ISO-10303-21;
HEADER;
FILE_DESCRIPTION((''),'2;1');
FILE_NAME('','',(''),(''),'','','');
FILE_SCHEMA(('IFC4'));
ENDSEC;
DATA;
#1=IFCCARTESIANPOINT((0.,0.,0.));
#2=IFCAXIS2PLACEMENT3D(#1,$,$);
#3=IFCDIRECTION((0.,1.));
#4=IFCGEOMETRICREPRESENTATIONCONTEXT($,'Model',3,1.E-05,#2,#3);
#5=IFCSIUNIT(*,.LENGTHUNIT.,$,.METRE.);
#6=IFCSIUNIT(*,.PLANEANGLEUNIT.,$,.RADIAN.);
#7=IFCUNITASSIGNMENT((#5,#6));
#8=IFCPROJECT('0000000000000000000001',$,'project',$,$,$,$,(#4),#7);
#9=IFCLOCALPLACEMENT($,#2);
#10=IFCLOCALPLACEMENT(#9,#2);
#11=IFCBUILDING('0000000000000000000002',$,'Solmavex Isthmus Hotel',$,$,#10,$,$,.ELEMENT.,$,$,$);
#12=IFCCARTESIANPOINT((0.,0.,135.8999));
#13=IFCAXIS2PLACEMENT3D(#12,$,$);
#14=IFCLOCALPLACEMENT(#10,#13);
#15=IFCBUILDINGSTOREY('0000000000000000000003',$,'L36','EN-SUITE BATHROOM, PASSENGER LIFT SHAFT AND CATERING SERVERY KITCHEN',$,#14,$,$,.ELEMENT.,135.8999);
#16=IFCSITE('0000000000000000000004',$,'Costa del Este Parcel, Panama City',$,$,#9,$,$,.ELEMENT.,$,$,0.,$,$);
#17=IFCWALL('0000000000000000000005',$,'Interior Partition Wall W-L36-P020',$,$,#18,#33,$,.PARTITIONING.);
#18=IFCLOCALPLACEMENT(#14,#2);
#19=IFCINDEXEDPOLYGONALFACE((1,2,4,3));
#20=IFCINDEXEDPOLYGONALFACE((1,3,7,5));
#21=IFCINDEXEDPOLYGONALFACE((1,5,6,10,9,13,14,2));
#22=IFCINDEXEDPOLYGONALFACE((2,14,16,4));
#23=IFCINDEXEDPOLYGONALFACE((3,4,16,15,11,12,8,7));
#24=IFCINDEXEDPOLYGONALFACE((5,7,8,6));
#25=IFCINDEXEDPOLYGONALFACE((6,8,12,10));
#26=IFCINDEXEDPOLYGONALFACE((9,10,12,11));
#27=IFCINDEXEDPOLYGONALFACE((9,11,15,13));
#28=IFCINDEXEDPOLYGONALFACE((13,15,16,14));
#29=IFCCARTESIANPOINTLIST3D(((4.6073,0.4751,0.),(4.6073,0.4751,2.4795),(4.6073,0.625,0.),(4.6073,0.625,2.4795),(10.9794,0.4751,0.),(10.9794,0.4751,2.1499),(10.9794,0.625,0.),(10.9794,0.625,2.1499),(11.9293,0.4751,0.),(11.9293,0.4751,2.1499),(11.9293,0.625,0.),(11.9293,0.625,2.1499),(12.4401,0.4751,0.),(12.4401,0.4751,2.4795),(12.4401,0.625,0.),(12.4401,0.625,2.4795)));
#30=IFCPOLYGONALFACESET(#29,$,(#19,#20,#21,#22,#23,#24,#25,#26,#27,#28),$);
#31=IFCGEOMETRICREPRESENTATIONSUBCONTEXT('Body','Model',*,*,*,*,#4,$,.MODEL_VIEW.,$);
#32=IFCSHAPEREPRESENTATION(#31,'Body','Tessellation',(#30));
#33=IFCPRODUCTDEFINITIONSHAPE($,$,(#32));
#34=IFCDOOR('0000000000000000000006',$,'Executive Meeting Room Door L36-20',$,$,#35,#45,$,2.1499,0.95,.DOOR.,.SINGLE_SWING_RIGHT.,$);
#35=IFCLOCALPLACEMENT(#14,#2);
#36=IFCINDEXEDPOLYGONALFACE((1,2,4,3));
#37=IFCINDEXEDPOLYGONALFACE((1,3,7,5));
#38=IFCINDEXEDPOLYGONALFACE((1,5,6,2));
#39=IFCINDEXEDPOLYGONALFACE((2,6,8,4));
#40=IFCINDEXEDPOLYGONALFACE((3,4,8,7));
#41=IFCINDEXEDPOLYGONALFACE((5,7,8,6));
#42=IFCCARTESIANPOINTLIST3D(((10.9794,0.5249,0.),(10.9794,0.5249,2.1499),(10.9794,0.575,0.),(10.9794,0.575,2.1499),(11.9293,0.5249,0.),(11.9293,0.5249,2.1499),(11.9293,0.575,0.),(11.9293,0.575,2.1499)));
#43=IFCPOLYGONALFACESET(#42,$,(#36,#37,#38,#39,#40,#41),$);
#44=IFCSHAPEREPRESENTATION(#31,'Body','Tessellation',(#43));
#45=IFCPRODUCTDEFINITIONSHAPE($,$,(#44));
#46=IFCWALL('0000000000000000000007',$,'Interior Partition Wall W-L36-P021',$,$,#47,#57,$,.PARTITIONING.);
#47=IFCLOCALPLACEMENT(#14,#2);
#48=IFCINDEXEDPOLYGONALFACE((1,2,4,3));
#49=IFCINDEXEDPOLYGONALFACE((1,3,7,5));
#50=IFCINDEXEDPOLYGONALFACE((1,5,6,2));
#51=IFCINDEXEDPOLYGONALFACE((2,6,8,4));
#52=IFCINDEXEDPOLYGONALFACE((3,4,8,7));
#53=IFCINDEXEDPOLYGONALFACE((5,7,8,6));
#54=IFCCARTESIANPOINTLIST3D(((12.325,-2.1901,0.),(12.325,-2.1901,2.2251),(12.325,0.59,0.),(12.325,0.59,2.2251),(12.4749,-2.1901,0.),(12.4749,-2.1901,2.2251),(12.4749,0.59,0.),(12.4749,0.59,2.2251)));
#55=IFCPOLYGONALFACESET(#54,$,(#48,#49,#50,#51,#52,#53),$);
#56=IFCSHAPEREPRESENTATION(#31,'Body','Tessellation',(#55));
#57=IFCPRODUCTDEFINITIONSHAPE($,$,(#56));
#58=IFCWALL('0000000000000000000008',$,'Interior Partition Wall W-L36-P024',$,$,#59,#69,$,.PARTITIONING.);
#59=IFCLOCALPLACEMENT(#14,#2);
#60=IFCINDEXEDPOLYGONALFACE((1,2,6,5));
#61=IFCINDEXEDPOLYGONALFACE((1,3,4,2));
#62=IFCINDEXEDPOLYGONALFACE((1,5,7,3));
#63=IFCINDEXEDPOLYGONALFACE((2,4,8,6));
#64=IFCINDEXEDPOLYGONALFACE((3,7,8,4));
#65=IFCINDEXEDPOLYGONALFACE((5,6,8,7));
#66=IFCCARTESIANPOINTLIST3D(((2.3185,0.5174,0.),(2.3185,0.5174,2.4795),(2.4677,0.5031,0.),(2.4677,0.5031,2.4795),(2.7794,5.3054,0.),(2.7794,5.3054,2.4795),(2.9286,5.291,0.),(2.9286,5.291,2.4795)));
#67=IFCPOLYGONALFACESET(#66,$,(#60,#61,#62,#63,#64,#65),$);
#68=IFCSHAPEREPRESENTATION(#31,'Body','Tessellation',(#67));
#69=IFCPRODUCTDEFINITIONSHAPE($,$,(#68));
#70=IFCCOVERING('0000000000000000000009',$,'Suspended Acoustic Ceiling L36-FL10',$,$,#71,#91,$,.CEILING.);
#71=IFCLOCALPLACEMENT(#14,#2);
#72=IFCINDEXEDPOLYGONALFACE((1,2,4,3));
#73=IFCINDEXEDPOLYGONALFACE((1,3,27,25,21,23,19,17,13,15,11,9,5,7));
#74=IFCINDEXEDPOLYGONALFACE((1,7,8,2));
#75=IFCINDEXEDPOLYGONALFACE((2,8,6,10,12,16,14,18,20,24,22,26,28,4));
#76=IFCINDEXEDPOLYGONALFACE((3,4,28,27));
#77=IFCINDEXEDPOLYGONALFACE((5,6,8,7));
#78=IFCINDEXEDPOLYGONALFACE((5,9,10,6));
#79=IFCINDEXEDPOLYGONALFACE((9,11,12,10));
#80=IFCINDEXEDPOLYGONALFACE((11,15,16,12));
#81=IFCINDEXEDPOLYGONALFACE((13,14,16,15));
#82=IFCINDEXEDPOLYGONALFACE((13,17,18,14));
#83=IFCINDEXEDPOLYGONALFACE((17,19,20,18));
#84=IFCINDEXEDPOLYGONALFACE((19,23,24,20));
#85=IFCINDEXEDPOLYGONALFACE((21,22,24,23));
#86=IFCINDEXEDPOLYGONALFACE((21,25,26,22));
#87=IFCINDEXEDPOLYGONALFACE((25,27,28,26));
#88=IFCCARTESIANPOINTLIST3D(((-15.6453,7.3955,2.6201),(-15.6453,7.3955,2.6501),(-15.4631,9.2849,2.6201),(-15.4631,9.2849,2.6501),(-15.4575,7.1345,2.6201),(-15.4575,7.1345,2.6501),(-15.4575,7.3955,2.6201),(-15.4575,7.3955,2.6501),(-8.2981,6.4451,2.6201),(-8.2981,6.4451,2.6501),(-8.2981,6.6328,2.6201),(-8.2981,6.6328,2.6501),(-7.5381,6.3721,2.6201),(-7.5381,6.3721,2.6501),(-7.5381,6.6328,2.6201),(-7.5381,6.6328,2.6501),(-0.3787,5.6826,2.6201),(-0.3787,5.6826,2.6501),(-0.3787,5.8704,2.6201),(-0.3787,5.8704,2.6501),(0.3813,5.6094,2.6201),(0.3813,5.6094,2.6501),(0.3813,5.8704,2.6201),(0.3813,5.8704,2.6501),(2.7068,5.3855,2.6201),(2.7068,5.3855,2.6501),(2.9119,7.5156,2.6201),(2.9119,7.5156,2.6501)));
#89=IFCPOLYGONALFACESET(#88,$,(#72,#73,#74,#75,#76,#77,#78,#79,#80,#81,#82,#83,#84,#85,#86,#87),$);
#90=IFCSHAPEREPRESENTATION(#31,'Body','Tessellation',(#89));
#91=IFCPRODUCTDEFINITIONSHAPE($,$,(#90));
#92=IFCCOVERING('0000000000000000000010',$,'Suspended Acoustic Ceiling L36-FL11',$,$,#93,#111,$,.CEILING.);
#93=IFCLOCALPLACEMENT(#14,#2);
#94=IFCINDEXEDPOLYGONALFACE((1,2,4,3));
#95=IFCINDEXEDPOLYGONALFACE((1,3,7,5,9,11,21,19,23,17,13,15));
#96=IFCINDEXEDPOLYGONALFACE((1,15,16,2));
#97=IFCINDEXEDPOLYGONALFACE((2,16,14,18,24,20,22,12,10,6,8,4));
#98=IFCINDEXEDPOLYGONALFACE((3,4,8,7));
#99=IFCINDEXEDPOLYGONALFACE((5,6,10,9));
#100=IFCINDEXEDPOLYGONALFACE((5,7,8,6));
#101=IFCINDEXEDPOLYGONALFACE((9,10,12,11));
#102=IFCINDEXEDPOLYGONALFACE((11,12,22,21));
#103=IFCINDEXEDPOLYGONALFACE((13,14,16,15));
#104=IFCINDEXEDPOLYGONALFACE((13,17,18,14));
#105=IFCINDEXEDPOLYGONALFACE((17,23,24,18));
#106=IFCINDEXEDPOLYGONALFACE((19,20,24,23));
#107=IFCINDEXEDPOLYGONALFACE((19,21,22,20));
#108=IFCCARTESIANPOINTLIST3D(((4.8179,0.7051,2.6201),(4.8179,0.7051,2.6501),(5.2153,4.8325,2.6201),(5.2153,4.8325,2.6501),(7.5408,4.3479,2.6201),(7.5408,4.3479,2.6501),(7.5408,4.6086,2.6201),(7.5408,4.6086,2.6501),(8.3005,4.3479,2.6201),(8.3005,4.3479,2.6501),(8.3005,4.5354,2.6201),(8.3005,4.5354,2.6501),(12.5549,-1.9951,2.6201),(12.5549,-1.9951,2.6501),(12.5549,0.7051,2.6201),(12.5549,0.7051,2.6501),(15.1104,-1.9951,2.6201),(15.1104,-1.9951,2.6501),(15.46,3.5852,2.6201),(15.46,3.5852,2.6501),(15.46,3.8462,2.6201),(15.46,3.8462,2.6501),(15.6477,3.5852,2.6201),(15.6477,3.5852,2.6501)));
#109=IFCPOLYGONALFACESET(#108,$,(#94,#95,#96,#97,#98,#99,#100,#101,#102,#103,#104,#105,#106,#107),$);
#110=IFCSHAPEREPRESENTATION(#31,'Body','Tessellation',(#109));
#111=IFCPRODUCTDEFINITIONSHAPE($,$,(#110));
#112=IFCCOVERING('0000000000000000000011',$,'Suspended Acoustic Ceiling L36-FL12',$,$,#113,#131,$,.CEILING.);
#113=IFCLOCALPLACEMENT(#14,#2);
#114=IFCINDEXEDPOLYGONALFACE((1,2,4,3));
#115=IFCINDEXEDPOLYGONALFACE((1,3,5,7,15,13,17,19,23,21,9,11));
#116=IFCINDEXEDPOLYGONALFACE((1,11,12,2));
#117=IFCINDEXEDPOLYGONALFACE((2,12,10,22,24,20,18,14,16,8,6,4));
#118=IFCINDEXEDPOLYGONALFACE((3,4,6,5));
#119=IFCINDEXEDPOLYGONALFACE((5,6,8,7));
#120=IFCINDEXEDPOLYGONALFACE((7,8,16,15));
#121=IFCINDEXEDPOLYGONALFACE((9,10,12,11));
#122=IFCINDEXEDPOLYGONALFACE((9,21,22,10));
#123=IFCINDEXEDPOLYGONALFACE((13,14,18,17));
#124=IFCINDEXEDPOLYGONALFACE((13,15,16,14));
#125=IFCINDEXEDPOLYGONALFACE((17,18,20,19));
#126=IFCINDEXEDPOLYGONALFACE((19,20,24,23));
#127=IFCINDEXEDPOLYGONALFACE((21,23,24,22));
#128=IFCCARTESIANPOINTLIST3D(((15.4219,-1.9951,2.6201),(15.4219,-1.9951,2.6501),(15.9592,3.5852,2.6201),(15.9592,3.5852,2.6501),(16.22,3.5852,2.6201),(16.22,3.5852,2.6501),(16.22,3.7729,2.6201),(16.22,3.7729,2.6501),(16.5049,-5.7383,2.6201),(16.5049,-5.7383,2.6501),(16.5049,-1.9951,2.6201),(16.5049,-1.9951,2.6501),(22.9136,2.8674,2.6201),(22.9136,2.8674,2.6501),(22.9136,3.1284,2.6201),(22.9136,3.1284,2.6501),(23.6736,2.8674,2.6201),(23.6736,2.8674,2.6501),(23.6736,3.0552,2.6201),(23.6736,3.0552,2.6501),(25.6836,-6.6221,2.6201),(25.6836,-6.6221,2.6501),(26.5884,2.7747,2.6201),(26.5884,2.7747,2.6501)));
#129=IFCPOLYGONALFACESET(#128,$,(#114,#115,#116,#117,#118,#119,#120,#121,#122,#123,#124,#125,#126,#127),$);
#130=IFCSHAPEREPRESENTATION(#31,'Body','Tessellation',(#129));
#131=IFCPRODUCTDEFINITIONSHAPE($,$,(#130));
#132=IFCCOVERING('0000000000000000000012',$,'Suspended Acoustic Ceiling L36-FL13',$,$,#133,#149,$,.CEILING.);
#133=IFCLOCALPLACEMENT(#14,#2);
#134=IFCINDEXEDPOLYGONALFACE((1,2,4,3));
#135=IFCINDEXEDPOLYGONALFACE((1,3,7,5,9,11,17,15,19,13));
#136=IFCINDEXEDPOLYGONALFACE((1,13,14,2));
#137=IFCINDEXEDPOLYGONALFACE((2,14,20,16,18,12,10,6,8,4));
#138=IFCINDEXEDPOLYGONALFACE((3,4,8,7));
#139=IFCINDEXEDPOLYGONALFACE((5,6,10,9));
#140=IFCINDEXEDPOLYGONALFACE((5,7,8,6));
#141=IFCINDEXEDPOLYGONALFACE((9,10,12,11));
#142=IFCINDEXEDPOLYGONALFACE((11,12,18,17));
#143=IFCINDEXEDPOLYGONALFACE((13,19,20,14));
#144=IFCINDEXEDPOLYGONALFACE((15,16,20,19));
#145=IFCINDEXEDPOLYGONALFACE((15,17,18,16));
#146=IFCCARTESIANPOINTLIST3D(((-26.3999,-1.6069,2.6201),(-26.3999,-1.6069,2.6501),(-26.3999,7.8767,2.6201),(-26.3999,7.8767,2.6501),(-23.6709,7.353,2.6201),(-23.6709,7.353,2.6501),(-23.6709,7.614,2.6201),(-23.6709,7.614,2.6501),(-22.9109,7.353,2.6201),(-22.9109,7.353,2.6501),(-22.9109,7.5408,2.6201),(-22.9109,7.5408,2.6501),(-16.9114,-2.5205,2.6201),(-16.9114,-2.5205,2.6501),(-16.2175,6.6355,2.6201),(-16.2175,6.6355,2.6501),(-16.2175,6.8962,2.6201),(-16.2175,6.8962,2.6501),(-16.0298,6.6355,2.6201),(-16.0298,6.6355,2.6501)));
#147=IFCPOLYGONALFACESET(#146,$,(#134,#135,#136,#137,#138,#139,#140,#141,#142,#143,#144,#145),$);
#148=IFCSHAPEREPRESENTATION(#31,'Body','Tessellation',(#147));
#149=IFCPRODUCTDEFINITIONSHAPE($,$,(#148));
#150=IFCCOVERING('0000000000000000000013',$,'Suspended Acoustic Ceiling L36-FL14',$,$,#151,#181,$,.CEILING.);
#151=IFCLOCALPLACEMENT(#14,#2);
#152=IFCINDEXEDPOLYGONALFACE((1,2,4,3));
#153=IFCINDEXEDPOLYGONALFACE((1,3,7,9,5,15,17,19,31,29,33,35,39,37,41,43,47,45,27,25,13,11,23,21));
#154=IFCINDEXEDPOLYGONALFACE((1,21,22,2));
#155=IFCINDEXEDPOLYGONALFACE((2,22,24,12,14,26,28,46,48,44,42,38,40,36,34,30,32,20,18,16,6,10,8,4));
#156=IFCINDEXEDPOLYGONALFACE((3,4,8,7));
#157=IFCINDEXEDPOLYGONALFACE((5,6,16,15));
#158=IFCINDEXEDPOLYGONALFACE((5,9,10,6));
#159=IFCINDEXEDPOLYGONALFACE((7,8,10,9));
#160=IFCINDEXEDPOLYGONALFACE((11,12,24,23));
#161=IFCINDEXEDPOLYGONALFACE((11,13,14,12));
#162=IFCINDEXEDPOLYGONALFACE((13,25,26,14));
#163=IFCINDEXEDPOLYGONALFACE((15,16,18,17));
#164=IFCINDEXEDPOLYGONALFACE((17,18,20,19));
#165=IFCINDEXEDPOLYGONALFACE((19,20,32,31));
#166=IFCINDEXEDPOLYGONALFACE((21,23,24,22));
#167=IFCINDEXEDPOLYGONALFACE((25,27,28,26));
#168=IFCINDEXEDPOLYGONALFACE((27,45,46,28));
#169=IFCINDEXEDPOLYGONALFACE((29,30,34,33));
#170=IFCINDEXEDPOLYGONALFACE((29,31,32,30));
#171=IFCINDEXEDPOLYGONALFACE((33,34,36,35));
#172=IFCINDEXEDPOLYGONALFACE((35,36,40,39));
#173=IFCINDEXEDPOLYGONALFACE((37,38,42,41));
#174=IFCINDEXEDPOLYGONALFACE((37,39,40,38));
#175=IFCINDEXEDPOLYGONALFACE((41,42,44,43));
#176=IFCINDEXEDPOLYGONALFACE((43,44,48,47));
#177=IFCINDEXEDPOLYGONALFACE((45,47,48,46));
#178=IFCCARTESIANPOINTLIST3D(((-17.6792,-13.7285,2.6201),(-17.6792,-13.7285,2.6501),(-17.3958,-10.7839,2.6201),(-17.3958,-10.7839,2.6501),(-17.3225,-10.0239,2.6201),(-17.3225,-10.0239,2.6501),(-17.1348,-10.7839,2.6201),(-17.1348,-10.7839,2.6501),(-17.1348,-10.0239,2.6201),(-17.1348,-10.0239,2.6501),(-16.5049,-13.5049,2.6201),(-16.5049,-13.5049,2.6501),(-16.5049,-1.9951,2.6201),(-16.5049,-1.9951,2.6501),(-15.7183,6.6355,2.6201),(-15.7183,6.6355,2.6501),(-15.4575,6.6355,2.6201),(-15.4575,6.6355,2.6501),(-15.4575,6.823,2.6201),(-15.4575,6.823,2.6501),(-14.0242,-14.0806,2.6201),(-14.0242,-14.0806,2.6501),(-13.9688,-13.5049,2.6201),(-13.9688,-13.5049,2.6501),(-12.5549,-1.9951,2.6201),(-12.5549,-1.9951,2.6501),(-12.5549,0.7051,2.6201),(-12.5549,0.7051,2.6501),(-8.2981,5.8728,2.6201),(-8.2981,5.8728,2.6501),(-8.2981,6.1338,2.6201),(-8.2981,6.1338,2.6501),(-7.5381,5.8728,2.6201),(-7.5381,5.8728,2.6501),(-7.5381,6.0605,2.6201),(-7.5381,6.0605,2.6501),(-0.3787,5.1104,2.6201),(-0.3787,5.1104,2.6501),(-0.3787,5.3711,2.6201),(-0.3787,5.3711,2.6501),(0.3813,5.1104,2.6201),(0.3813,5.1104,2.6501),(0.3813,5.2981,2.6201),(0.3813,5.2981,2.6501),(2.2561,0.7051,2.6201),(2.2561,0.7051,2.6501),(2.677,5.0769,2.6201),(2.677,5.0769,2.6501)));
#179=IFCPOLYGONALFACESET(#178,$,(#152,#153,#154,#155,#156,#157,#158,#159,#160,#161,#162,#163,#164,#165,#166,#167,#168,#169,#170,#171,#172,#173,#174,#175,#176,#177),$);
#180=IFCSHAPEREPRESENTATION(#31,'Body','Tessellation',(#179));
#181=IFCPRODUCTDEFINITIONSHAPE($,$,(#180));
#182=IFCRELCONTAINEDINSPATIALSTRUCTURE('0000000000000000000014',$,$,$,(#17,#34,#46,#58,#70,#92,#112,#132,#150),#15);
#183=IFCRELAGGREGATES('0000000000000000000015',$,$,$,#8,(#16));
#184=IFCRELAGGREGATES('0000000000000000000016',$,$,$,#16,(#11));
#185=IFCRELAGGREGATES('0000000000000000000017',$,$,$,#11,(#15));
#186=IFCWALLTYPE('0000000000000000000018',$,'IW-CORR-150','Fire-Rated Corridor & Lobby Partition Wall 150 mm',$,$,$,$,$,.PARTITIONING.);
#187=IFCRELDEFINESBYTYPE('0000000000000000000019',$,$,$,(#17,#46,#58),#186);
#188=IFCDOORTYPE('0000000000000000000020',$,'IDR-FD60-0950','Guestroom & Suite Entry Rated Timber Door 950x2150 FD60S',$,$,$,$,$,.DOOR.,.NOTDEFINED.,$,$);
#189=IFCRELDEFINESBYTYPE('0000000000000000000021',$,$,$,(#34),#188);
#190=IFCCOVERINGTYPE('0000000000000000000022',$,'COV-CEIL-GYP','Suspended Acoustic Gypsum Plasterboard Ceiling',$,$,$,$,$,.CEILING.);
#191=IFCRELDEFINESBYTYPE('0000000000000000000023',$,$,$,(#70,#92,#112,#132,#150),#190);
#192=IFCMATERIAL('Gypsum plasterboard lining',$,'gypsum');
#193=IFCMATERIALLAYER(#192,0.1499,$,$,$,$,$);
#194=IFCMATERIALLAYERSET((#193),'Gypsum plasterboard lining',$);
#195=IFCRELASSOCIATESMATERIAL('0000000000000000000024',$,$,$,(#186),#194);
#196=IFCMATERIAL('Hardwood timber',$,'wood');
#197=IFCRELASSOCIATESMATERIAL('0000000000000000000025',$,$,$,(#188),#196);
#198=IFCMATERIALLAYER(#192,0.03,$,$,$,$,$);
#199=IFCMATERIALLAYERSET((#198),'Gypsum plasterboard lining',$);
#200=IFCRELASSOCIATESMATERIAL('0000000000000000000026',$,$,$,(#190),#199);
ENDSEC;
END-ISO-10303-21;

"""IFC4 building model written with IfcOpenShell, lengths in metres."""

from ifc_helpers import new_model, si_unit, direction, frame, frame_2d, origin, place, context, subcontext, project, spatial, polyline, rectangle, outline, extrude, material, layer, layer_set, type_object, element, fill, save


model = new_model("IFC4")

# Units and contexts
model_context = context("Model", 3, precision=1e-05, world=origin(), true_north=direction((0.0, 1.0)))
body_context = subcontext(model_context, "Body", "Model", "MODEL_VIEW")
ifc_project = project(units=[si_unit("LENGTHUNIT", "METRE"), si_unit("PLANEANGLEUNIT", "RADIAN")], contexts=[model_context])

# Site, building, storey
site_placement = place(None, origin())
site = spatial("IfcSite", under=ifc_project, at=site_placement, Name="Costa del Este Parcel, Panama City", CompositionType="ELEMENT", RefElevation=0.0)
building_placement = place(site_placement, origin())
building = spatial("IfcBuilding", under=site, at=building_placement, Name="Solmavex Isthmus Hotel", CompositionType="ELEMENT")
storey_placement = place(building_placement, frame((0.0, 0.0, 135.8999)))
storey = spatial("IfcBuildingStorey", under=building, at=storey_placement, Name="L36", Description="EN-SUITE BATHROOM, PASSENGER LIFT SHAFT AND CATERING SERVERY KITCHEN", CompositionType="ELEMENT", Elevation=135.8999)

# Shared definitions
ifc_material_1 = material(Name="Gypsum plasterboard lining", Category="gypsum")
ifc_layer_1 = layer(ifc_material_1, 0.1499)
ifc_layer_set_1 = layer_set([ifc_layer_1], Name="Gypsum plasterboard lining")
wall_type_1 = type_object("IfcWallType", Name="IW-CORR-150", Description="Fire-Rated Corridor & Lobby Partition Wall 150 mm", PredefinedType="PARTITIONING", material=ifc_layer_set_1)

# Wall, opening, door
wall_1_placement = place(storey_placement, frame((4.6072, 0.55, 0.0), z_axis=(0.0, 0.0, 1.0), x_axis=(1.0, 0.0, 0.0)))
wall_1 = element("IfcWall", 1, at=wall_1_placement, inside=storey, type_object=wall_type_1, Name="Interior Partition Wall W-L36-P020", PredefinedType="PARTITIONING", context=body_context, shape_type="SweptSolid", body=[
    extrude(rectangle(XDim=7.8328, YDim=0.1499, at=frame_2d((3.9165, 0.0))), origin(), (0.0, 0.0, 1.0), 2.4795),
])
opening_placement = place(wall_1_placement, frame((6.3721, 0.0, 0.0)))
opening = element("IfcOpeningElement", 2, at=opening_placement, cuts=wall_1, PredefinedType="OPENING", context=body_context, shape_type="SweptSolid", body=[
    extrude(rectangle(XDim=0.95, YDim=2.1499, at=frame_2d((0.4751, 1.075))), frame((0.0, 0.085, 0.0), z_axis=(0.0, -1.0, 0.0), x_axis=(1.0, 0.0, 0.0)), (0.0, 0.0, 1.0), 0.1699),
])
ifc_material_2 = material(Name="Hardwood timber", Category="wood")
door_type = type_object("IfcDoorType", Name="IDR-FD60-0950", Description="Guestroom & Suite Entry Rated Timber Door 950x2150 FD60S", OperationType="NOTDEFINED", PredefinedType="DOOR", material=ifc_material_2)
door_placement = place(opening_placement, origin())
door = element("IfcDoor", 3, at=door_placement, inside=storey, type_object=door_type, Name="Executive Meeting Room Door L36-20", OperationType="SINGLE_SWING_RIGHT", OverallHeight=2.1499, OverallWidth=0.95, PredefinedType="DOOR", context=body_context, shape_type="SweptSolid", body=[
    extrude(rectangle(XDim=0.95, YDim=2.1499, at=frame_2d((0.4751, 1.075))), frame((0.0, 0.0249, 0.0), z_axis=(0.0, -1.0, 0.0), x_axis=(1.0, 0.0, 0.0)), (0.0, 0.0, 1.0), 0.05),
])
fill(opening, door)

# Walls
wall_2_placement = place(storey_placement, frame((12.3999, 0.5901, 0.0), z_axis=(0.0, 0.0, 1.0), x_axis=(0.0, -1.0, 0.0)))
element("IfcWall", 4, at=wall_2_placement, inside=storey, type_object=wall_type_1, Name="Interior Partition Wall W-L36-P021", PredefinedType="PARTITIONING", context=body_context, shape_type="SweptSolid", body=[
    extrude(rectangle(XDim=2.78, YDim=0.1499, at=frame_2d((1.3901, 0.0))), origin(), (0.0, 0.0, 1.0), 2.2251),
])
wall_3_placement = place(storey_placement, frame((2.3931, 0.5103, 0.0), z_axis=(0.0, 0.0, 1.0), x_axis=(0.095829, 0.995398, 0.0)))
element("IfcWall", 5, at=wall_3_placement, inside=storey, type_object=wall_type_1, Name="Interior Partition Wall W-L36-P024", PredefinedType="PARTITIONING", context=body_context, shape_type="SweptSolid", body=[
    extrude(rectangle(XDim=4.8101, YDim=0.1499, at=frame_2d((2.405, 0.0))), origin(), (0.0, 0.0, 1.0), 2.4795),
])

# Coverings
ifc_layer_2 = layer(ifc_material_1, 0.03)
ifc_layer_set_2 = layer_set([ifc_layer_2], Name="Gypsum plasterboard lining")
covering_type_1 = type_object("IfcCoveringType", Name="COV-CEIL-GYP", Description="Suspended Acoustic Gypsum Plasterboard Ceiling", PredefinedType="CEILING", material=ifc_layer_set_2)
covering_1_placement = place(storey_placement, frame((0.0, 0.0, 2.6201)))
element("IfcCovering", 6, at=covering_1_placement, inside=storey, type_object=covering_type_1, Name="Suspended Acoustic Ceiling L36-FL10", PredefinedType="CEILING", context=body_context, shape_type="SweptSolid", body=[
    extrude(outline(polyline([(-0.3787, 5.6826), (-0.3787, 5.8704), (0.3813, 5.8704), (0.3813, 5.6094), (2.7068, 5.3855), (2.9119, 7.5156), (-15.4631, 9.2849), (-15.6453, 7.3955), (-15.4575, 7.3955), (-15.4575, 7.1345), (-8.2981, 6.4451), (-8.2981, 6.6328), (-7.5381, 6.6328), (-7.5381, 6.3721), (-0.3787, 5.6826)])), origin(), (0.0, 0.0, 1.0), 0.03),
])
covering_2_placement = place(storey_placement, frame((0.0, 0.0, 2.6201)))
element("IfcCovering", 7, at=covering_2_placement, inside=storey, type_object=covering_type_1, Name="Suspended Acoustic Ceiling L36-FL11", PredefinedType="CEILING", context=body_context, shape_type="SweptSolid", body=[
    extrude(outline(polyline([(8.3005, 4.5354), (8.3005, 4.3479), (7.5408, 4.3479), (7.5408, 4.6086), (5.2153, 4.8325), (4.8179, 0.7051), (12.5549, 0.7051), (12.5549, -1.9951), (15.1104, -1.9951), (15.6477, 3.5852), (15.46, 3.5852), (15.46, 3.8462), (8.3005, 4.5354)])), origin(), (0.0, 0.0, 1.0), 0.03),
])
covering_3_placement = place(storey_placement, frame((0.0, 0.0, 2.6201)))
element("IfcCovering", 8, at=covering_3_placement, inside=storey, type_object=covering_type_1, Name="Suspended Acoustic Ceiling L36-FL12", PredefinedType="CEILING", context=body_context, shape_type="SweptSolid", body=[
    extrude(outline(polyline([(16.22, 3.7729), (16.22, 3.5852), (15.9592, 3.5852), (15.4219, -1.9951), (16.5049, -1.9951), (16.5049, -5.7383), (25.6836, -6.6221), (26.5884, 2.7747), (23.6736, 3.0552), (23.6736, 2.8674), (22.9136, 2.8674), (22.9136, 3.1284), (16.22, 3.7729)])), origin(), (0.0, 0.0, 1.0), 0.03),
])
covering_4_placement = place(storey_placement, frame((0.0, 0.0, 2.6201)))
element("IfcCovering", 9, at=covering_4_placement, inside=storey, type_object=covering_type_1, Name="Suspended Acoustic Ceiling L36-FL13", PredefinedType="CEILING", context=body_context, shape_type="SweptSolid", body=[
    extrude(outline(polyline([(-22.9109, 7.5408), (-22.9109, 7.353), (-23.6709, 7.353), (-23.6709, 7.614), (-26.3999, 7.8767), (-26.3999, -1.6069), (-16.9114, -2.5205), (-16.0298, 6.6355), (-16.2175, 6.6355), (-16.2175, 6.8962), (-22.9109, 7.5408)])), origin(), (0.0, 0.0, 1.0), 0.03),
])
covering_5_placement = place(storey_placement, frame((0.0, 0.0, 2.6201)))
element("IfcCovering", 10, at=covering_5_placement, inside=storey, type_object=covering_type_1, Name="Suspended Acoustic Ceiling L36-FL14", PredefinedType="CEILING", context=body_context, shape_type="SweptSolid", body=[
    extrude(outline(polyline([(-17.3225, -10.0239), (-17.1348, -10.0239), (-17.1348, -10.7839), (-17.3958, -10.7839), (-17.6792, -13.7285), (-14.0242, -14.0806), (-13.9688, -13.5049), (-16.5049, -13.5049), (-16.5049, -1.9951), (-12.5549, -1.9951), (-12.5549, 0.7051), (2.2561, 0.7051), (2.677, 5.0769), (0.3813, 5.2981), (0.3813, 5.1104), (-0.3787, 5.1104), (-0.3787, 5.3711), (-7.5381, 6.0605), (-7.5381, 5.8728), (-8.2981, 5.8728), (-8.2981, 6.1338), (-15.4575, 6.823), (-15.4575, 6.6355), (-15.7183, 6.6355), (-17.3225, -10.0239)])), origin(), (0.0, 0.0, 1.0), 0.03),
])

save(model, "model.ifc")
